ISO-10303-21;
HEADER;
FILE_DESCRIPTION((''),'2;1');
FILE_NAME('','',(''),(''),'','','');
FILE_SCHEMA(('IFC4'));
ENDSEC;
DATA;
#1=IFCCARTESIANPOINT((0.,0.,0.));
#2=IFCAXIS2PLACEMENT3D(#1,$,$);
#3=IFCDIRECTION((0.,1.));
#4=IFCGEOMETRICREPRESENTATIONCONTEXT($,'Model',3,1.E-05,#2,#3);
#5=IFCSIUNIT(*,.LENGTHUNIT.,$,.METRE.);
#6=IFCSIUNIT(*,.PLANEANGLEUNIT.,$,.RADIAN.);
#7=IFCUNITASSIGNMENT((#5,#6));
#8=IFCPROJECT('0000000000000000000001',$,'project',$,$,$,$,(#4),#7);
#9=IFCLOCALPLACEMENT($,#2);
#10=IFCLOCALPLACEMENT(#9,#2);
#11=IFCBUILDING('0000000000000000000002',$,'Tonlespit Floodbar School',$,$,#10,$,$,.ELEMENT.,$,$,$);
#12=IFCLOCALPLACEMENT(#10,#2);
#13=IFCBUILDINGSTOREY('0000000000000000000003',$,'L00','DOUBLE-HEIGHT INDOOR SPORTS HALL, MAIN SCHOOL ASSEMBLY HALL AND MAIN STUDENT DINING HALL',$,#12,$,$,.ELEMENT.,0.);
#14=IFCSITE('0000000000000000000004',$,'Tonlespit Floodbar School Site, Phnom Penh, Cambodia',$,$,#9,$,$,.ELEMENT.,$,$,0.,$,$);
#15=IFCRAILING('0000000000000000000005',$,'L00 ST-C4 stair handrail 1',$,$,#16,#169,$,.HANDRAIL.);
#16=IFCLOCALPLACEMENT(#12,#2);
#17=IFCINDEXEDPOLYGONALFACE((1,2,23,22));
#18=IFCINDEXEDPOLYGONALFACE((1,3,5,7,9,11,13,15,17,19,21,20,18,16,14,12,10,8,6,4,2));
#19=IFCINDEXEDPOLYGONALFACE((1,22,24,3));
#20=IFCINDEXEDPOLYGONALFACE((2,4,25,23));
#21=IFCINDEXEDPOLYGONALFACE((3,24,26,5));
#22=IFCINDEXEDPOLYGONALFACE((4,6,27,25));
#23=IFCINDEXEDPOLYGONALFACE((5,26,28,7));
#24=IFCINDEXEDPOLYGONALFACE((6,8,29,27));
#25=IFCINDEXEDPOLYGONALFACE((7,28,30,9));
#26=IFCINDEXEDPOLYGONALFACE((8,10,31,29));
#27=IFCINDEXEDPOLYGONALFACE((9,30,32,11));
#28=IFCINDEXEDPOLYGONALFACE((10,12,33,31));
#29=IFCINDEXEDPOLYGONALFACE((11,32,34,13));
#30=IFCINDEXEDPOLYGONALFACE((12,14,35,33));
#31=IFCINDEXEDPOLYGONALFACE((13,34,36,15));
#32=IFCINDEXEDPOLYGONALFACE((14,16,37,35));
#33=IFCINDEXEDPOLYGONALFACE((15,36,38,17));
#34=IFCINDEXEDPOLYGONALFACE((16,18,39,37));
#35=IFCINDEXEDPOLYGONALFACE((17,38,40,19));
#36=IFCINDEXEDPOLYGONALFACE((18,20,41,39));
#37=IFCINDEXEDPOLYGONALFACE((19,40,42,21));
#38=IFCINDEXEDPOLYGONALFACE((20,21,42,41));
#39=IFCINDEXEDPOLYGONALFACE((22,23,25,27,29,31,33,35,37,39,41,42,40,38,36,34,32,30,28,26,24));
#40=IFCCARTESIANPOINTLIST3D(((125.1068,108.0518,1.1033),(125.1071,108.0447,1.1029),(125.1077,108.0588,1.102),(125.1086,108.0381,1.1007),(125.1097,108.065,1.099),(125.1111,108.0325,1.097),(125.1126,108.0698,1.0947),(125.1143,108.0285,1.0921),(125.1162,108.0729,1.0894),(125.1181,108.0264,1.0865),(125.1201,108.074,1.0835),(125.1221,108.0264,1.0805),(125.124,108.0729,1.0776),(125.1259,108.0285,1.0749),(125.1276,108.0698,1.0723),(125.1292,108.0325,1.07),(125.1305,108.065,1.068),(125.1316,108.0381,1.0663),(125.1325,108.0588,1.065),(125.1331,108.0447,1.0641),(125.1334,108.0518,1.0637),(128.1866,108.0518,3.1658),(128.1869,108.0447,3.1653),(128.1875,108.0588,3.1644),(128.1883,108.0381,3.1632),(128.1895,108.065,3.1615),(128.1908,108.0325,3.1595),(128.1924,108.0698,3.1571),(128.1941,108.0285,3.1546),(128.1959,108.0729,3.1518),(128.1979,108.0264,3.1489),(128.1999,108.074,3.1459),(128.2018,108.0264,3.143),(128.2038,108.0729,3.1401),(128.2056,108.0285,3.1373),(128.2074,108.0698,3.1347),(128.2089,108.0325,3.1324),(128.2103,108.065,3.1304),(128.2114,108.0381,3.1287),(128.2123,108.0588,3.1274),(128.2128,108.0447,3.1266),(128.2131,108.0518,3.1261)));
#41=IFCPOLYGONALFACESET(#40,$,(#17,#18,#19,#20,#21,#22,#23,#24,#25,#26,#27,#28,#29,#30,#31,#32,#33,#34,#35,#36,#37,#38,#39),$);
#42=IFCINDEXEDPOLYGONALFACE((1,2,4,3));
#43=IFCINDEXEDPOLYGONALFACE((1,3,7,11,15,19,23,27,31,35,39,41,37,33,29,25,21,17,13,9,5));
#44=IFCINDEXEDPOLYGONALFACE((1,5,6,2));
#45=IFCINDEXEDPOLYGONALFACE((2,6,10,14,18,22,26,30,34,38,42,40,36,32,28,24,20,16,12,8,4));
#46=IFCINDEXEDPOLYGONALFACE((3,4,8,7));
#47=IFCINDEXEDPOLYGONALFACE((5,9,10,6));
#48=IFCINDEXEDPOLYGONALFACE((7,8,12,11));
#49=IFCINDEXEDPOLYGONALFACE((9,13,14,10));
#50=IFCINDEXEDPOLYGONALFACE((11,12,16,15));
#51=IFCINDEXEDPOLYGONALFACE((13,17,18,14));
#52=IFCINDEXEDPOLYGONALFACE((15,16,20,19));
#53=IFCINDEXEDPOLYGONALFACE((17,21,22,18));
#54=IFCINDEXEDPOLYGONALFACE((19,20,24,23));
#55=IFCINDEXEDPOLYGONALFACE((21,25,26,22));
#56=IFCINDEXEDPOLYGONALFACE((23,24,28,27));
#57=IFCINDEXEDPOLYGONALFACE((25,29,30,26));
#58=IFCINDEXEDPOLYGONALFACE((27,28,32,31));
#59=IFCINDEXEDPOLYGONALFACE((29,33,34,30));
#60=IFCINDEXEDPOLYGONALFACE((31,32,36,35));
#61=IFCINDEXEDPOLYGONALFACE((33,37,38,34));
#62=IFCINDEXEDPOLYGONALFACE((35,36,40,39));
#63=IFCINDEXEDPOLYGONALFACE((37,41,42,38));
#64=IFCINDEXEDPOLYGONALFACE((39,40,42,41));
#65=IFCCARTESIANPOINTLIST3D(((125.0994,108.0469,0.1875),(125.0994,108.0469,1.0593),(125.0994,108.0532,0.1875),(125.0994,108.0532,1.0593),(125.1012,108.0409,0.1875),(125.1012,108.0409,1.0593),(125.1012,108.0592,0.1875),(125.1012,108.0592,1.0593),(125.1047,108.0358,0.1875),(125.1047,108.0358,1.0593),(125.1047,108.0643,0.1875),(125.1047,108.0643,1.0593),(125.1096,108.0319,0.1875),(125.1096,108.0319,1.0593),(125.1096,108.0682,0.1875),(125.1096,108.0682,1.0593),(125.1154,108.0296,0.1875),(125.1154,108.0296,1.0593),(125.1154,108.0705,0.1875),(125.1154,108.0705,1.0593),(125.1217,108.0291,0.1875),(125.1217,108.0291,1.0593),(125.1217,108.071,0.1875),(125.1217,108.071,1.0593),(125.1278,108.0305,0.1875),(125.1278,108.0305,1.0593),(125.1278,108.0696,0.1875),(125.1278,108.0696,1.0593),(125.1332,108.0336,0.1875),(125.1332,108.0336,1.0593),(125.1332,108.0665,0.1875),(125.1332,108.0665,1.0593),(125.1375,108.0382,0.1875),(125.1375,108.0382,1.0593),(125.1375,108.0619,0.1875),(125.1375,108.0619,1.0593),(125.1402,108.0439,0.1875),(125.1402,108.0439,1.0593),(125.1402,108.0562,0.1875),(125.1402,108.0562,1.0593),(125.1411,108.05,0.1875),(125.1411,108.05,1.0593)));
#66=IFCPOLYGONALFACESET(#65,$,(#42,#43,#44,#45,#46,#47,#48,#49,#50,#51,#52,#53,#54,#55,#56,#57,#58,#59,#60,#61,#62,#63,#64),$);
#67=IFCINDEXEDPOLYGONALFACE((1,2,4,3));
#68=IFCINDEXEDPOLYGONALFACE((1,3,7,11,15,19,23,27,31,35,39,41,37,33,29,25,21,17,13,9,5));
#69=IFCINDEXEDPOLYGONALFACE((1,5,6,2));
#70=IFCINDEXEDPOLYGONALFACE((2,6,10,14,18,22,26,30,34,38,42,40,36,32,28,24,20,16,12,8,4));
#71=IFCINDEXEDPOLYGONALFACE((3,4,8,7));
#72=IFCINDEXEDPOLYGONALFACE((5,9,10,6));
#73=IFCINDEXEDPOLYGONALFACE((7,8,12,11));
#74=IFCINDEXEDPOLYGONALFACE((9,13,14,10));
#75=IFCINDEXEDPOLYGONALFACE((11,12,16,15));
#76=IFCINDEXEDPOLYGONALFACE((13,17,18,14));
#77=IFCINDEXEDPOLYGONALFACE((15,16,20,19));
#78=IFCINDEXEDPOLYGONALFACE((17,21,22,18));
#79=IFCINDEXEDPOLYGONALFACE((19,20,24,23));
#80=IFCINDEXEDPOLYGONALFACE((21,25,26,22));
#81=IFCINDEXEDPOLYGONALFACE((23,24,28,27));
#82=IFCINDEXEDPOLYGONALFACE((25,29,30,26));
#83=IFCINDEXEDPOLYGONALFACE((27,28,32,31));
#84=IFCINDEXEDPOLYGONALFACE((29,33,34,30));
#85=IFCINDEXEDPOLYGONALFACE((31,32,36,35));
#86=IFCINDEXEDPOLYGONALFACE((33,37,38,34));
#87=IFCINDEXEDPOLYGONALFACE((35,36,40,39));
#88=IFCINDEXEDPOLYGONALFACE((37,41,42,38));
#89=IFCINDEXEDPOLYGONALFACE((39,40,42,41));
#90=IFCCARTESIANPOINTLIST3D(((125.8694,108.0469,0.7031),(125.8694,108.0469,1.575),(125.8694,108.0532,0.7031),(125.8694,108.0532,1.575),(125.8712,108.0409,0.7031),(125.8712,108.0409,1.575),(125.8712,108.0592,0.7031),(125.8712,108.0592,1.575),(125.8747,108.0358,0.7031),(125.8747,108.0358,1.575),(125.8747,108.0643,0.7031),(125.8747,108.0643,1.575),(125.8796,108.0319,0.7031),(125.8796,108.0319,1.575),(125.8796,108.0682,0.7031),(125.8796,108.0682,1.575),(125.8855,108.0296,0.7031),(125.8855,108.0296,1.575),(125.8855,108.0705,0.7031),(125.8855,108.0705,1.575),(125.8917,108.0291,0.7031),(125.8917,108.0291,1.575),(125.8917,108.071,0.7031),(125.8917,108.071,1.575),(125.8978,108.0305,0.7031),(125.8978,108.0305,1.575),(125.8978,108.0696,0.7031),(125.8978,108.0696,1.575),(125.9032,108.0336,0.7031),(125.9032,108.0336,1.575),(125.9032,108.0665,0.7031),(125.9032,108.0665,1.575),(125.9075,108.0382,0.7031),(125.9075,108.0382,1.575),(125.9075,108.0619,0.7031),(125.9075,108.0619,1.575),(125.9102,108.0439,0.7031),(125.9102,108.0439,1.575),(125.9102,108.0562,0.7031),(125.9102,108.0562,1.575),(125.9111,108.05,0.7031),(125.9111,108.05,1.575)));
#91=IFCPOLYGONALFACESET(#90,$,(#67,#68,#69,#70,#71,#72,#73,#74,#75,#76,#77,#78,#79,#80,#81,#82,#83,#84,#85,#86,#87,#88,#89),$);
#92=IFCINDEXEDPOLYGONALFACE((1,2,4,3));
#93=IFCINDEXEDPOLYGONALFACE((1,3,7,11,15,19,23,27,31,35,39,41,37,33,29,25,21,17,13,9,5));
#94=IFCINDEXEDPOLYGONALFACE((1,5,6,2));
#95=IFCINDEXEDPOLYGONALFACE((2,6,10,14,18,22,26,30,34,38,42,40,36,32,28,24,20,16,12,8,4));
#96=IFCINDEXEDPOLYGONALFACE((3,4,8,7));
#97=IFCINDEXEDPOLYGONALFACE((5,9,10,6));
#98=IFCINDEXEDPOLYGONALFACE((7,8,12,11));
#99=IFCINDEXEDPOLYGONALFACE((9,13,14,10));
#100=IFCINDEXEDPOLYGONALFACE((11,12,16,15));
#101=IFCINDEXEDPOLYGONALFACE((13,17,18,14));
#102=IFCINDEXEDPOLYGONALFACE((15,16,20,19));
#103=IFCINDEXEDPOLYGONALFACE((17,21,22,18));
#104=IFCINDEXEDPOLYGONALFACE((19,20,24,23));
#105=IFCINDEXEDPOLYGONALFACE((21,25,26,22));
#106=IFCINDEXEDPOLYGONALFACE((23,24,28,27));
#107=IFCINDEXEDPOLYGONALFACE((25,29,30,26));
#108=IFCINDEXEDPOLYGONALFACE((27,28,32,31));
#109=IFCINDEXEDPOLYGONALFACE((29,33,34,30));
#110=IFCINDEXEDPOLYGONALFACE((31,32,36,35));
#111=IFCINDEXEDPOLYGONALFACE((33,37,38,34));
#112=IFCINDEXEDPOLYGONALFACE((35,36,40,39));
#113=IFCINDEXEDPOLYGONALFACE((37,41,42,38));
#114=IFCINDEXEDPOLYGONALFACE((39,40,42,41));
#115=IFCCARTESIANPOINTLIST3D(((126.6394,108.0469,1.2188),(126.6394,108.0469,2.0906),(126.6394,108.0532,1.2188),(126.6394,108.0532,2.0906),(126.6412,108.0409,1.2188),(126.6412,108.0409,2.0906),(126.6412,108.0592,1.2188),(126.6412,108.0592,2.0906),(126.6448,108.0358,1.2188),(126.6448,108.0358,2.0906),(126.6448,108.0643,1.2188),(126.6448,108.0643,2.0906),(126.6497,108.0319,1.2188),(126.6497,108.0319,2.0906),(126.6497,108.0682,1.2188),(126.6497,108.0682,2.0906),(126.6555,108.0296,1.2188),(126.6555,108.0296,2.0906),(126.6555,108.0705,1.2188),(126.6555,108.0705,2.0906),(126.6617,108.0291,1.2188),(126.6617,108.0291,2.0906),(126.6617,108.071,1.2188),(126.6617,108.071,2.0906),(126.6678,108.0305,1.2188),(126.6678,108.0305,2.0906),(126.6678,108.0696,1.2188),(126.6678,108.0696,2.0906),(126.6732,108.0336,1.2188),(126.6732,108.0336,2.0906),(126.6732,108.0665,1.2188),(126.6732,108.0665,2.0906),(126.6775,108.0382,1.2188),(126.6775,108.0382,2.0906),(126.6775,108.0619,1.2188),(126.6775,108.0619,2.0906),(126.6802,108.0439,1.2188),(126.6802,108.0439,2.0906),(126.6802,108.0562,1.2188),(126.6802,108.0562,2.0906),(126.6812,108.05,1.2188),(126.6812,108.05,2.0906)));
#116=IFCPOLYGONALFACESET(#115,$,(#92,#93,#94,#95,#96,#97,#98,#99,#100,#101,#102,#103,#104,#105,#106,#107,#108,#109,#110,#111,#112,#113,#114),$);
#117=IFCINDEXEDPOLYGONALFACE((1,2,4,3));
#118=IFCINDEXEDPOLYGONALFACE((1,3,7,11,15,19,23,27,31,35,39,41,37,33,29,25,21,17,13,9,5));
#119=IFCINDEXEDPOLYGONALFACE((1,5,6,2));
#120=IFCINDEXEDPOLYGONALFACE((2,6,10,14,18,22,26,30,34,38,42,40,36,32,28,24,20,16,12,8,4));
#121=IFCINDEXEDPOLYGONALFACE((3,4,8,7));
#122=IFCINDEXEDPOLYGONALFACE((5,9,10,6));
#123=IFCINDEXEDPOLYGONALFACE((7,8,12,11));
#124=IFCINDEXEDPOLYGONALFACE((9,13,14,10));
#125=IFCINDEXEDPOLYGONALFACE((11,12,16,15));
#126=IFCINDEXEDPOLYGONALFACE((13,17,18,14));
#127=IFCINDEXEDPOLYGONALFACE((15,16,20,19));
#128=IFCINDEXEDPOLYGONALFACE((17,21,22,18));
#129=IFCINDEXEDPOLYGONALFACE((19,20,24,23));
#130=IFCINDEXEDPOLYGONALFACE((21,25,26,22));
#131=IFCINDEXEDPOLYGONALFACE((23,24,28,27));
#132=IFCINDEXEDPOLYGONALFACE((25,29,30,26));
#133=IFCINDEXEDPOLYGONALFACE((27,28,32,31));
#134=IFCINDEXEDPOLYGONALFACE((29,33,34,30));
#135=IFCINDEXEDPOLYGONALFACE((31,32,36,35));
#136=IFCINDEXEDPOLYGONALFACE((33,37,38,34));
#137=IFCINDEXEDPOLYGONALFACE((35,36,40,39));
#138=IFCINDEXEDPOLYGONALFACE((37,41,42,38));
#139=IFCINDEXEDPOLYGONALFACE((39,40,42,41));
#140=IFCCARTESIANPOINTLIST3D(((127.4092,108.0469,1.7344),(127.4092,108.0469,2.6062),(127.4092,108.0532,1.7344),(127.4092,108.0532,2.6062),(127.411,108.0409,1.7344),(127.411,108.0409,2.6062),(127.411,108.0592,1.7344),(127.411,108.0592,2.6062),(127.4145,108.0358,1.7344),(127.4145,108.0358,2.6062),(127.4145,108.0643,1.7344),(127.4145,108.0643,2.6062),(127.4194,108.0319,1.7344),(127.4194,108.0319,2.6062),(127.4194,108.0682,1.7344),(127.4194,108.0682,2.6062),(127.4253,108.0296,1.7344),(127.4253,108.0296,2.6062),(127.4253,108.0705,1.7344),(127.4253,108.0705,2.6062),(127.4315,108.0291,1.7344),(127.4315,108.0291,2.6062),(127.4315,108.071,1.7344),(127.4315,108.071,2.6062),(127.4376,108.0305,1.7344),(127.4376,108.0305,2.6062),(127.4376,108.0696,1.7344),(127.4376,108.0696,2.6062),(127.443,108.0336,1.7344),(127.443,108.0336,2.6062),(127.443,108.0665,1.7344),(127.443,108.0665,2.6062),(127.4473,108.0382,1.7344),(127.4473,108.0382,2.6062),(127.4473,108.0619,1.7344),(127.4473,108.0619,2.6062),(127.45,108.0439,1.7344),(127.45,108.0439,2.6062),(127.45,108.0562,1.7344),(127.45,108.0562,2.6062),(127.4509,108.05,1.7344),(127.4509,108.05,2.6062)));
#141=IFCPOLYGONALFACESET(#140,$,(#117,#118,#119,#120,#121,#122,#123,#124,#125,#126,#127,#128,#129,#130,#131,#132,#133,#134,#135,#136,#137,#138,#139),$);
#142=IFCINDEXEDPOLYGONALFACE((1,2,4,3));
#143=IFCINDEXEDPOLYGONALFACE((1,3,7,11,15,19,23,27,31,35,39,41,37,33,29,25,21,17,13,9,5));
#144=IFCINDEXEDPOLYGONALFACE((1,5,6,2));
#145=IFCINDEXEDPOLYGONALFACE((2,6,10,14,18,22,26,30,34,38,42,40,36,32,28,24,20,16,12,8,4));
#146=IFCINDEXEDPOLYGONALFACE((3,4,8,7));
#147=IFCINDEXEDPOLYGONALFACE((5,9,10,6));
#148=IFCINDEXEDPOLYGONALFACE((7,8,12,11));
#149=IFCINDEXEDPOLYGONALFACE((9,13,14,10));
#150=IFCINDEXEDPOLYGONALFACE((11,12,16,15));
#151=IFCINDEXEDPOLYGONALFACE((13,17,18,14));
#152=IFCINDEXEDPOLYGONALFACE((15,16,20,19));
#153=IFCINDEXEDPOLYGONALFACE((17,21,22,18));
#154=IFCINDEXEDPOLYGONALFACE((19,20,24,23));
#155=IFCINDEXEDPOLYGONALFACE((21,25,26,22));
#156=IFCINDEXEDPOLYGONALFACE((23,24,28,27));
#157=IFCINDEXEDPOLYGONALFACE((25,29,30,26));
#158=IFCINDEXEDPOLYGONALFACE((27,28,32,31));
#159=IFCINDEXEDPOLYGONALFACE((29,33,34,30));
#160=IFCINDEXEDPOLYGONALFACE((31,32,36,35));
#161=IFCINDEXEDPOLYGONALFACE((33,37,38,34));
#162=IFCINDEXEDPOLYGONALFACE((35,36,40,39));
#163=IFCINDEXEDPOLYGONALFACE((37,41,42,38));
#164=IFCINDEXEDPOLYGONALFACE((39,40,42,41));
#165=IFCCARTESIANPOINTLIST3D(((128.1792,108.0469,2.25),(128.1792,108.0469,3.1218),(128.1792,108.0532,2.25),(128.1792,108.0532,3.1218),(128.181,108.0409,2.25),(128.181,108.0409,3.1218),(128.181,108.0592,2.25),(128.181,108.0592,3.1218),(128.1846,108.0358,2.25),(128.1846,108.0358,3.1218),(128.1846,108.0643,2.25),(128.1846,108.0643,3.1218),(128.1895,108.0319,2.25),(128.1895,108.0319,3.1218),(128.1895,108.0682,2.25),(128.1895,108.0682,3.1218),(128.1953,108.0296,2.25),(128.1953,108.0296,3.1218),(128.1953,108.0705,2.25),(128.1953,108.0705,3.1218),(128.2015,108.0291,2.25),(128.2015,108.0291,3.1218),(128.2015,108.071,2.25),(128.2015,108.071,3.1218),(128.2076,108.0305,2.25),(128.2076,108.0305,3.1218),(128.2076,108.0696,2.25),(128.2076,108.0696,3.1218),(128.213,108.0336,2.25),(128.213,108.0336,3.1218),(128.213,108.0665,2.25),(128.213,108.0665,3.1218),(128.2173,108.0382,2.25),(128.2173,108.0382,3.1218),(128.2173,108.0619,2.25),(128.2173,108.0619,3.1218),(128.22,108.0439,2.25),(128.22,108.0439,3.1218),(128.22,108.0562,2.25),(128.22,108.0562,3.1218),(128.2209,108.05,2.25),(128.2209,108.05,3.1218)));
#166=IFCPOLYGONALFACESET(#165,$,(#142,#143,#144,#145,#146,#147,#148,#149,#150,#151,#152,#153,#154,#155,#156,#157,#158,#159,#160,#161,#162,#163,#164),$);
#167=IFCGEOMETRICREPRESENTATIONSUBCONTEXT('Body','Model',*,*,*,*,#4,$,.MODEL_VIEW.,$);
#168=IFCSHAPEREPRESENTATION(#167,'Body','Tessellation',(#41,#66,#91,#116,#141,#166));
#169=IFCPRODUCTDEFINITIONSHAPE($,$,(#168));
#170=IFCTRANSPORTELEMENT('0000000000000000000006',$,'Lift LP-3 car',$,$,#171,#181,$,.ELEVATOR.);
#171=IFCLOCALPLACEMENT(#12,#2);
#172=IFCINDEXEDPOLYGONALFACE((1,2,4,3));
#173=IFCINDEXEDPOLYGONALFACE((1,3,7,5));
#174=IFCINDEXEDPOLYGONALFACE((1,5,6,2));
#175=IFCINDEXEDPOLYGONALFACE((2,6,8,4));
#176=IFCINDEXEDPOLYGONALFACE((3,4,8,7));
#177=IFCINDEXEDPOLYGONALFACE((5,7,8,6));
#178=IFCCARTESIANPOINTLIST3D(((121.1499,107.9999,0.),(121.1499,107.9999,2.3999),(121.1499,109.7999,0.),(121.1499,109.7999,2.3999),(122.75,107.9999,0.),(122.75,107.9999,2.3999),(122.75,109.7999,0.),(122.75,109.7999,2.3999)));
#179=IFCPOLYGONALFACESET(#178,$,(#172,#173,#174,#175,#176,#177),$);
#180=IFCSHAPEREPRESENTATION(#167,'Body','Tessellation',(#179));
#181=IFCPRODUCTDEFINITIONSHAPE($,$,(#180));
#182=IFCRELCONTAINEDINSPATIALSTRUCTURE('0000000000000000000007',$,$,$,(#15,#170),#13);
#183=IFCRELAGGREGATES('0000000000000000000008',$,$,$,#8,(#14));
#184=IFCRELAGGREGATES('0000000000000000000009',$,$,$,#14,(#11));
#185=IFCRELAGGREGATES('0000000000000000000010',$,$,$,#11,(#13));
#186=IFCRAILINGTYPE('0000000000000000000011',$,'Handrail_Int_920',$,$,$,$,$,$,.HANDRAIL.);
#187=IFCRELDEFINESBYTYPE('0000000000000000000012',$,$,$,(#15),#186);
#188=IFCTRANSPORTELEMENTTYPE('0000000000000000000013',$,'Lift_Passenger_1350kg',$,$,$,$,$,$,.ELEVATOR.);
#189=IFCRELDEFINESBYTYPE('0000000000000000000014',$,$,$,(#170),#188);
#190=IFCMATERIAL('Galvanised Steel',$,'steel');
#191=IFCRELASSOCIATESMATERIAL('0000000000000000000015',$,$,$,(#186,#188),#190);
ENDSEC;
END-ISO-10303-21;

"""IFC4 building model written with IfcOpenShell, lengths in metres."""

from ifc_helpers import new_model, si_unit, direction, frame, origin, origin_2d, place, context, subcontext, project, spatial, rectangle, circle, extrude, material, type_object, element, save


model = new_model("IFC4")

# Units and contexts
model_context = context("Model", 3, precision=1e-05, world=origin(), true_north=direction((0.0, 1.0)))
body_context = subcontext(model_context, "Body", "Model", "MODEL_VIEW")
ifc_project = project(units=[si_unit("LENGTHUNIT", "METRE"), si_unit("PLANEANGLEUNIT", "RADIAN")], contexts=[model_context])

# Site, building, storey
site_placement = place(None, origin())
site = spatial("IfcSite", under=ifc_project, at=site_placement, Name="Tonlespit Floodbar School Site, Phnom Penh, Cambodia", CompositionType="ELEMENT", RefElevation=0.0)
building_placement = place(site_placement, origin())
building = spatial("IfcBuilding", under=site, at=building_placement, Name="Tonlespit Floodbar School", CompositionType="ELEMENT")
storey_placement = place(building_placement, origin())
storey = spatial("IfcBuildingStorey", under=building, at=storey_placement, Name="L00", Description="DOUBLE-HEIGHT INDOOR SPORTS HALL, MAIN SCHOOL ASSEMBLY HALL AND MAIN STUDENT DINING HALL", CompositionType="ELEMENT", Elevation=0.0)

# Shared definitions
ifc_material_1 = material(Name="Galvanised Steel", Category="steel")

# Railing
railing_type_1 = type_object("IfcRailingType", Name="Handrail_Int_920", PredefinedType="HANDRAIL", material=ifc_material_1)
railing_1_placement = place(storey_placement, frame((125.1201, 108.05, 0.1875)))
element("IfcRailing", 1, at=railing_1_placement, inside=storey, type_object=railing_type_1, Name="L00 ST-C4 stair handrail 1", PredefinedType="HANDRAIL", context=body_context, shape_type="SweptSolid", body=[
    extrude(circle(Radius=0.0239, at=origin_2d()), frame((0.0, 0.0, 0.896), z_axis=(0.830893, 0.0, 0.556432), x_axis=(0.0, 1.0, 0.0)), (0.0, 0.0, 1.0), 3.7065),
    extrude(circle(Radius=0.021, at=origin_2d()), origin(), (0.0, 0.0, 1.0), 0.8718),
    extrude(circle(Radius=0.021, at=origin_2d()), frame((0.77, 0.0, 0.5156)), (0.0, 0.0, 1.0), 0.8718),
    extrude(circle(Radius=0.021, at=origin_2d()), frame((1.54, 0.0, 1.0312)), (0.0, 0.0, 1.0), 0.8718),
    extrude(circle(Radius=0.021, at=origin_2d()), frame((2.3098, 0.0, 1.5469)), (0.0, 0.0, 1.0), 0.8718),
    extrude(circle(Radius=0.021, at=origin_2d()), frame((3.0798, 0.0, 2.0625)), (0.0, 0.0, 1.0), 0.8718),
])

# Transport element
transport_element_type = type_object("IfcTransportElementType", Name="Lift_Passenger_1350kg", PredefinedType="ELEVATOR", material=ifc_material_1)
transport_element_placement = place(storey_placement, frame((121.95, 108.8999, 0.0), z_axis=(0.0, 0.0, 1.0), x_axis=(1.0, 0.0, 0.0)))
element("IfcTransportElement", 2, at=transport_element_placement, inside=storey, type_object=transport_element_type, Name="Lift LP-3 car", PredefinedType="ELEVATOR", context=body_context, shape_type="SweptSolid", body=[
    extrude(rectangle(XDim=1.6001, YDim=1.8, at=origin_2d()), origin(), (0.0, 0.0, 1.0), 2.3999),
])

save(model, "model.ifc")
